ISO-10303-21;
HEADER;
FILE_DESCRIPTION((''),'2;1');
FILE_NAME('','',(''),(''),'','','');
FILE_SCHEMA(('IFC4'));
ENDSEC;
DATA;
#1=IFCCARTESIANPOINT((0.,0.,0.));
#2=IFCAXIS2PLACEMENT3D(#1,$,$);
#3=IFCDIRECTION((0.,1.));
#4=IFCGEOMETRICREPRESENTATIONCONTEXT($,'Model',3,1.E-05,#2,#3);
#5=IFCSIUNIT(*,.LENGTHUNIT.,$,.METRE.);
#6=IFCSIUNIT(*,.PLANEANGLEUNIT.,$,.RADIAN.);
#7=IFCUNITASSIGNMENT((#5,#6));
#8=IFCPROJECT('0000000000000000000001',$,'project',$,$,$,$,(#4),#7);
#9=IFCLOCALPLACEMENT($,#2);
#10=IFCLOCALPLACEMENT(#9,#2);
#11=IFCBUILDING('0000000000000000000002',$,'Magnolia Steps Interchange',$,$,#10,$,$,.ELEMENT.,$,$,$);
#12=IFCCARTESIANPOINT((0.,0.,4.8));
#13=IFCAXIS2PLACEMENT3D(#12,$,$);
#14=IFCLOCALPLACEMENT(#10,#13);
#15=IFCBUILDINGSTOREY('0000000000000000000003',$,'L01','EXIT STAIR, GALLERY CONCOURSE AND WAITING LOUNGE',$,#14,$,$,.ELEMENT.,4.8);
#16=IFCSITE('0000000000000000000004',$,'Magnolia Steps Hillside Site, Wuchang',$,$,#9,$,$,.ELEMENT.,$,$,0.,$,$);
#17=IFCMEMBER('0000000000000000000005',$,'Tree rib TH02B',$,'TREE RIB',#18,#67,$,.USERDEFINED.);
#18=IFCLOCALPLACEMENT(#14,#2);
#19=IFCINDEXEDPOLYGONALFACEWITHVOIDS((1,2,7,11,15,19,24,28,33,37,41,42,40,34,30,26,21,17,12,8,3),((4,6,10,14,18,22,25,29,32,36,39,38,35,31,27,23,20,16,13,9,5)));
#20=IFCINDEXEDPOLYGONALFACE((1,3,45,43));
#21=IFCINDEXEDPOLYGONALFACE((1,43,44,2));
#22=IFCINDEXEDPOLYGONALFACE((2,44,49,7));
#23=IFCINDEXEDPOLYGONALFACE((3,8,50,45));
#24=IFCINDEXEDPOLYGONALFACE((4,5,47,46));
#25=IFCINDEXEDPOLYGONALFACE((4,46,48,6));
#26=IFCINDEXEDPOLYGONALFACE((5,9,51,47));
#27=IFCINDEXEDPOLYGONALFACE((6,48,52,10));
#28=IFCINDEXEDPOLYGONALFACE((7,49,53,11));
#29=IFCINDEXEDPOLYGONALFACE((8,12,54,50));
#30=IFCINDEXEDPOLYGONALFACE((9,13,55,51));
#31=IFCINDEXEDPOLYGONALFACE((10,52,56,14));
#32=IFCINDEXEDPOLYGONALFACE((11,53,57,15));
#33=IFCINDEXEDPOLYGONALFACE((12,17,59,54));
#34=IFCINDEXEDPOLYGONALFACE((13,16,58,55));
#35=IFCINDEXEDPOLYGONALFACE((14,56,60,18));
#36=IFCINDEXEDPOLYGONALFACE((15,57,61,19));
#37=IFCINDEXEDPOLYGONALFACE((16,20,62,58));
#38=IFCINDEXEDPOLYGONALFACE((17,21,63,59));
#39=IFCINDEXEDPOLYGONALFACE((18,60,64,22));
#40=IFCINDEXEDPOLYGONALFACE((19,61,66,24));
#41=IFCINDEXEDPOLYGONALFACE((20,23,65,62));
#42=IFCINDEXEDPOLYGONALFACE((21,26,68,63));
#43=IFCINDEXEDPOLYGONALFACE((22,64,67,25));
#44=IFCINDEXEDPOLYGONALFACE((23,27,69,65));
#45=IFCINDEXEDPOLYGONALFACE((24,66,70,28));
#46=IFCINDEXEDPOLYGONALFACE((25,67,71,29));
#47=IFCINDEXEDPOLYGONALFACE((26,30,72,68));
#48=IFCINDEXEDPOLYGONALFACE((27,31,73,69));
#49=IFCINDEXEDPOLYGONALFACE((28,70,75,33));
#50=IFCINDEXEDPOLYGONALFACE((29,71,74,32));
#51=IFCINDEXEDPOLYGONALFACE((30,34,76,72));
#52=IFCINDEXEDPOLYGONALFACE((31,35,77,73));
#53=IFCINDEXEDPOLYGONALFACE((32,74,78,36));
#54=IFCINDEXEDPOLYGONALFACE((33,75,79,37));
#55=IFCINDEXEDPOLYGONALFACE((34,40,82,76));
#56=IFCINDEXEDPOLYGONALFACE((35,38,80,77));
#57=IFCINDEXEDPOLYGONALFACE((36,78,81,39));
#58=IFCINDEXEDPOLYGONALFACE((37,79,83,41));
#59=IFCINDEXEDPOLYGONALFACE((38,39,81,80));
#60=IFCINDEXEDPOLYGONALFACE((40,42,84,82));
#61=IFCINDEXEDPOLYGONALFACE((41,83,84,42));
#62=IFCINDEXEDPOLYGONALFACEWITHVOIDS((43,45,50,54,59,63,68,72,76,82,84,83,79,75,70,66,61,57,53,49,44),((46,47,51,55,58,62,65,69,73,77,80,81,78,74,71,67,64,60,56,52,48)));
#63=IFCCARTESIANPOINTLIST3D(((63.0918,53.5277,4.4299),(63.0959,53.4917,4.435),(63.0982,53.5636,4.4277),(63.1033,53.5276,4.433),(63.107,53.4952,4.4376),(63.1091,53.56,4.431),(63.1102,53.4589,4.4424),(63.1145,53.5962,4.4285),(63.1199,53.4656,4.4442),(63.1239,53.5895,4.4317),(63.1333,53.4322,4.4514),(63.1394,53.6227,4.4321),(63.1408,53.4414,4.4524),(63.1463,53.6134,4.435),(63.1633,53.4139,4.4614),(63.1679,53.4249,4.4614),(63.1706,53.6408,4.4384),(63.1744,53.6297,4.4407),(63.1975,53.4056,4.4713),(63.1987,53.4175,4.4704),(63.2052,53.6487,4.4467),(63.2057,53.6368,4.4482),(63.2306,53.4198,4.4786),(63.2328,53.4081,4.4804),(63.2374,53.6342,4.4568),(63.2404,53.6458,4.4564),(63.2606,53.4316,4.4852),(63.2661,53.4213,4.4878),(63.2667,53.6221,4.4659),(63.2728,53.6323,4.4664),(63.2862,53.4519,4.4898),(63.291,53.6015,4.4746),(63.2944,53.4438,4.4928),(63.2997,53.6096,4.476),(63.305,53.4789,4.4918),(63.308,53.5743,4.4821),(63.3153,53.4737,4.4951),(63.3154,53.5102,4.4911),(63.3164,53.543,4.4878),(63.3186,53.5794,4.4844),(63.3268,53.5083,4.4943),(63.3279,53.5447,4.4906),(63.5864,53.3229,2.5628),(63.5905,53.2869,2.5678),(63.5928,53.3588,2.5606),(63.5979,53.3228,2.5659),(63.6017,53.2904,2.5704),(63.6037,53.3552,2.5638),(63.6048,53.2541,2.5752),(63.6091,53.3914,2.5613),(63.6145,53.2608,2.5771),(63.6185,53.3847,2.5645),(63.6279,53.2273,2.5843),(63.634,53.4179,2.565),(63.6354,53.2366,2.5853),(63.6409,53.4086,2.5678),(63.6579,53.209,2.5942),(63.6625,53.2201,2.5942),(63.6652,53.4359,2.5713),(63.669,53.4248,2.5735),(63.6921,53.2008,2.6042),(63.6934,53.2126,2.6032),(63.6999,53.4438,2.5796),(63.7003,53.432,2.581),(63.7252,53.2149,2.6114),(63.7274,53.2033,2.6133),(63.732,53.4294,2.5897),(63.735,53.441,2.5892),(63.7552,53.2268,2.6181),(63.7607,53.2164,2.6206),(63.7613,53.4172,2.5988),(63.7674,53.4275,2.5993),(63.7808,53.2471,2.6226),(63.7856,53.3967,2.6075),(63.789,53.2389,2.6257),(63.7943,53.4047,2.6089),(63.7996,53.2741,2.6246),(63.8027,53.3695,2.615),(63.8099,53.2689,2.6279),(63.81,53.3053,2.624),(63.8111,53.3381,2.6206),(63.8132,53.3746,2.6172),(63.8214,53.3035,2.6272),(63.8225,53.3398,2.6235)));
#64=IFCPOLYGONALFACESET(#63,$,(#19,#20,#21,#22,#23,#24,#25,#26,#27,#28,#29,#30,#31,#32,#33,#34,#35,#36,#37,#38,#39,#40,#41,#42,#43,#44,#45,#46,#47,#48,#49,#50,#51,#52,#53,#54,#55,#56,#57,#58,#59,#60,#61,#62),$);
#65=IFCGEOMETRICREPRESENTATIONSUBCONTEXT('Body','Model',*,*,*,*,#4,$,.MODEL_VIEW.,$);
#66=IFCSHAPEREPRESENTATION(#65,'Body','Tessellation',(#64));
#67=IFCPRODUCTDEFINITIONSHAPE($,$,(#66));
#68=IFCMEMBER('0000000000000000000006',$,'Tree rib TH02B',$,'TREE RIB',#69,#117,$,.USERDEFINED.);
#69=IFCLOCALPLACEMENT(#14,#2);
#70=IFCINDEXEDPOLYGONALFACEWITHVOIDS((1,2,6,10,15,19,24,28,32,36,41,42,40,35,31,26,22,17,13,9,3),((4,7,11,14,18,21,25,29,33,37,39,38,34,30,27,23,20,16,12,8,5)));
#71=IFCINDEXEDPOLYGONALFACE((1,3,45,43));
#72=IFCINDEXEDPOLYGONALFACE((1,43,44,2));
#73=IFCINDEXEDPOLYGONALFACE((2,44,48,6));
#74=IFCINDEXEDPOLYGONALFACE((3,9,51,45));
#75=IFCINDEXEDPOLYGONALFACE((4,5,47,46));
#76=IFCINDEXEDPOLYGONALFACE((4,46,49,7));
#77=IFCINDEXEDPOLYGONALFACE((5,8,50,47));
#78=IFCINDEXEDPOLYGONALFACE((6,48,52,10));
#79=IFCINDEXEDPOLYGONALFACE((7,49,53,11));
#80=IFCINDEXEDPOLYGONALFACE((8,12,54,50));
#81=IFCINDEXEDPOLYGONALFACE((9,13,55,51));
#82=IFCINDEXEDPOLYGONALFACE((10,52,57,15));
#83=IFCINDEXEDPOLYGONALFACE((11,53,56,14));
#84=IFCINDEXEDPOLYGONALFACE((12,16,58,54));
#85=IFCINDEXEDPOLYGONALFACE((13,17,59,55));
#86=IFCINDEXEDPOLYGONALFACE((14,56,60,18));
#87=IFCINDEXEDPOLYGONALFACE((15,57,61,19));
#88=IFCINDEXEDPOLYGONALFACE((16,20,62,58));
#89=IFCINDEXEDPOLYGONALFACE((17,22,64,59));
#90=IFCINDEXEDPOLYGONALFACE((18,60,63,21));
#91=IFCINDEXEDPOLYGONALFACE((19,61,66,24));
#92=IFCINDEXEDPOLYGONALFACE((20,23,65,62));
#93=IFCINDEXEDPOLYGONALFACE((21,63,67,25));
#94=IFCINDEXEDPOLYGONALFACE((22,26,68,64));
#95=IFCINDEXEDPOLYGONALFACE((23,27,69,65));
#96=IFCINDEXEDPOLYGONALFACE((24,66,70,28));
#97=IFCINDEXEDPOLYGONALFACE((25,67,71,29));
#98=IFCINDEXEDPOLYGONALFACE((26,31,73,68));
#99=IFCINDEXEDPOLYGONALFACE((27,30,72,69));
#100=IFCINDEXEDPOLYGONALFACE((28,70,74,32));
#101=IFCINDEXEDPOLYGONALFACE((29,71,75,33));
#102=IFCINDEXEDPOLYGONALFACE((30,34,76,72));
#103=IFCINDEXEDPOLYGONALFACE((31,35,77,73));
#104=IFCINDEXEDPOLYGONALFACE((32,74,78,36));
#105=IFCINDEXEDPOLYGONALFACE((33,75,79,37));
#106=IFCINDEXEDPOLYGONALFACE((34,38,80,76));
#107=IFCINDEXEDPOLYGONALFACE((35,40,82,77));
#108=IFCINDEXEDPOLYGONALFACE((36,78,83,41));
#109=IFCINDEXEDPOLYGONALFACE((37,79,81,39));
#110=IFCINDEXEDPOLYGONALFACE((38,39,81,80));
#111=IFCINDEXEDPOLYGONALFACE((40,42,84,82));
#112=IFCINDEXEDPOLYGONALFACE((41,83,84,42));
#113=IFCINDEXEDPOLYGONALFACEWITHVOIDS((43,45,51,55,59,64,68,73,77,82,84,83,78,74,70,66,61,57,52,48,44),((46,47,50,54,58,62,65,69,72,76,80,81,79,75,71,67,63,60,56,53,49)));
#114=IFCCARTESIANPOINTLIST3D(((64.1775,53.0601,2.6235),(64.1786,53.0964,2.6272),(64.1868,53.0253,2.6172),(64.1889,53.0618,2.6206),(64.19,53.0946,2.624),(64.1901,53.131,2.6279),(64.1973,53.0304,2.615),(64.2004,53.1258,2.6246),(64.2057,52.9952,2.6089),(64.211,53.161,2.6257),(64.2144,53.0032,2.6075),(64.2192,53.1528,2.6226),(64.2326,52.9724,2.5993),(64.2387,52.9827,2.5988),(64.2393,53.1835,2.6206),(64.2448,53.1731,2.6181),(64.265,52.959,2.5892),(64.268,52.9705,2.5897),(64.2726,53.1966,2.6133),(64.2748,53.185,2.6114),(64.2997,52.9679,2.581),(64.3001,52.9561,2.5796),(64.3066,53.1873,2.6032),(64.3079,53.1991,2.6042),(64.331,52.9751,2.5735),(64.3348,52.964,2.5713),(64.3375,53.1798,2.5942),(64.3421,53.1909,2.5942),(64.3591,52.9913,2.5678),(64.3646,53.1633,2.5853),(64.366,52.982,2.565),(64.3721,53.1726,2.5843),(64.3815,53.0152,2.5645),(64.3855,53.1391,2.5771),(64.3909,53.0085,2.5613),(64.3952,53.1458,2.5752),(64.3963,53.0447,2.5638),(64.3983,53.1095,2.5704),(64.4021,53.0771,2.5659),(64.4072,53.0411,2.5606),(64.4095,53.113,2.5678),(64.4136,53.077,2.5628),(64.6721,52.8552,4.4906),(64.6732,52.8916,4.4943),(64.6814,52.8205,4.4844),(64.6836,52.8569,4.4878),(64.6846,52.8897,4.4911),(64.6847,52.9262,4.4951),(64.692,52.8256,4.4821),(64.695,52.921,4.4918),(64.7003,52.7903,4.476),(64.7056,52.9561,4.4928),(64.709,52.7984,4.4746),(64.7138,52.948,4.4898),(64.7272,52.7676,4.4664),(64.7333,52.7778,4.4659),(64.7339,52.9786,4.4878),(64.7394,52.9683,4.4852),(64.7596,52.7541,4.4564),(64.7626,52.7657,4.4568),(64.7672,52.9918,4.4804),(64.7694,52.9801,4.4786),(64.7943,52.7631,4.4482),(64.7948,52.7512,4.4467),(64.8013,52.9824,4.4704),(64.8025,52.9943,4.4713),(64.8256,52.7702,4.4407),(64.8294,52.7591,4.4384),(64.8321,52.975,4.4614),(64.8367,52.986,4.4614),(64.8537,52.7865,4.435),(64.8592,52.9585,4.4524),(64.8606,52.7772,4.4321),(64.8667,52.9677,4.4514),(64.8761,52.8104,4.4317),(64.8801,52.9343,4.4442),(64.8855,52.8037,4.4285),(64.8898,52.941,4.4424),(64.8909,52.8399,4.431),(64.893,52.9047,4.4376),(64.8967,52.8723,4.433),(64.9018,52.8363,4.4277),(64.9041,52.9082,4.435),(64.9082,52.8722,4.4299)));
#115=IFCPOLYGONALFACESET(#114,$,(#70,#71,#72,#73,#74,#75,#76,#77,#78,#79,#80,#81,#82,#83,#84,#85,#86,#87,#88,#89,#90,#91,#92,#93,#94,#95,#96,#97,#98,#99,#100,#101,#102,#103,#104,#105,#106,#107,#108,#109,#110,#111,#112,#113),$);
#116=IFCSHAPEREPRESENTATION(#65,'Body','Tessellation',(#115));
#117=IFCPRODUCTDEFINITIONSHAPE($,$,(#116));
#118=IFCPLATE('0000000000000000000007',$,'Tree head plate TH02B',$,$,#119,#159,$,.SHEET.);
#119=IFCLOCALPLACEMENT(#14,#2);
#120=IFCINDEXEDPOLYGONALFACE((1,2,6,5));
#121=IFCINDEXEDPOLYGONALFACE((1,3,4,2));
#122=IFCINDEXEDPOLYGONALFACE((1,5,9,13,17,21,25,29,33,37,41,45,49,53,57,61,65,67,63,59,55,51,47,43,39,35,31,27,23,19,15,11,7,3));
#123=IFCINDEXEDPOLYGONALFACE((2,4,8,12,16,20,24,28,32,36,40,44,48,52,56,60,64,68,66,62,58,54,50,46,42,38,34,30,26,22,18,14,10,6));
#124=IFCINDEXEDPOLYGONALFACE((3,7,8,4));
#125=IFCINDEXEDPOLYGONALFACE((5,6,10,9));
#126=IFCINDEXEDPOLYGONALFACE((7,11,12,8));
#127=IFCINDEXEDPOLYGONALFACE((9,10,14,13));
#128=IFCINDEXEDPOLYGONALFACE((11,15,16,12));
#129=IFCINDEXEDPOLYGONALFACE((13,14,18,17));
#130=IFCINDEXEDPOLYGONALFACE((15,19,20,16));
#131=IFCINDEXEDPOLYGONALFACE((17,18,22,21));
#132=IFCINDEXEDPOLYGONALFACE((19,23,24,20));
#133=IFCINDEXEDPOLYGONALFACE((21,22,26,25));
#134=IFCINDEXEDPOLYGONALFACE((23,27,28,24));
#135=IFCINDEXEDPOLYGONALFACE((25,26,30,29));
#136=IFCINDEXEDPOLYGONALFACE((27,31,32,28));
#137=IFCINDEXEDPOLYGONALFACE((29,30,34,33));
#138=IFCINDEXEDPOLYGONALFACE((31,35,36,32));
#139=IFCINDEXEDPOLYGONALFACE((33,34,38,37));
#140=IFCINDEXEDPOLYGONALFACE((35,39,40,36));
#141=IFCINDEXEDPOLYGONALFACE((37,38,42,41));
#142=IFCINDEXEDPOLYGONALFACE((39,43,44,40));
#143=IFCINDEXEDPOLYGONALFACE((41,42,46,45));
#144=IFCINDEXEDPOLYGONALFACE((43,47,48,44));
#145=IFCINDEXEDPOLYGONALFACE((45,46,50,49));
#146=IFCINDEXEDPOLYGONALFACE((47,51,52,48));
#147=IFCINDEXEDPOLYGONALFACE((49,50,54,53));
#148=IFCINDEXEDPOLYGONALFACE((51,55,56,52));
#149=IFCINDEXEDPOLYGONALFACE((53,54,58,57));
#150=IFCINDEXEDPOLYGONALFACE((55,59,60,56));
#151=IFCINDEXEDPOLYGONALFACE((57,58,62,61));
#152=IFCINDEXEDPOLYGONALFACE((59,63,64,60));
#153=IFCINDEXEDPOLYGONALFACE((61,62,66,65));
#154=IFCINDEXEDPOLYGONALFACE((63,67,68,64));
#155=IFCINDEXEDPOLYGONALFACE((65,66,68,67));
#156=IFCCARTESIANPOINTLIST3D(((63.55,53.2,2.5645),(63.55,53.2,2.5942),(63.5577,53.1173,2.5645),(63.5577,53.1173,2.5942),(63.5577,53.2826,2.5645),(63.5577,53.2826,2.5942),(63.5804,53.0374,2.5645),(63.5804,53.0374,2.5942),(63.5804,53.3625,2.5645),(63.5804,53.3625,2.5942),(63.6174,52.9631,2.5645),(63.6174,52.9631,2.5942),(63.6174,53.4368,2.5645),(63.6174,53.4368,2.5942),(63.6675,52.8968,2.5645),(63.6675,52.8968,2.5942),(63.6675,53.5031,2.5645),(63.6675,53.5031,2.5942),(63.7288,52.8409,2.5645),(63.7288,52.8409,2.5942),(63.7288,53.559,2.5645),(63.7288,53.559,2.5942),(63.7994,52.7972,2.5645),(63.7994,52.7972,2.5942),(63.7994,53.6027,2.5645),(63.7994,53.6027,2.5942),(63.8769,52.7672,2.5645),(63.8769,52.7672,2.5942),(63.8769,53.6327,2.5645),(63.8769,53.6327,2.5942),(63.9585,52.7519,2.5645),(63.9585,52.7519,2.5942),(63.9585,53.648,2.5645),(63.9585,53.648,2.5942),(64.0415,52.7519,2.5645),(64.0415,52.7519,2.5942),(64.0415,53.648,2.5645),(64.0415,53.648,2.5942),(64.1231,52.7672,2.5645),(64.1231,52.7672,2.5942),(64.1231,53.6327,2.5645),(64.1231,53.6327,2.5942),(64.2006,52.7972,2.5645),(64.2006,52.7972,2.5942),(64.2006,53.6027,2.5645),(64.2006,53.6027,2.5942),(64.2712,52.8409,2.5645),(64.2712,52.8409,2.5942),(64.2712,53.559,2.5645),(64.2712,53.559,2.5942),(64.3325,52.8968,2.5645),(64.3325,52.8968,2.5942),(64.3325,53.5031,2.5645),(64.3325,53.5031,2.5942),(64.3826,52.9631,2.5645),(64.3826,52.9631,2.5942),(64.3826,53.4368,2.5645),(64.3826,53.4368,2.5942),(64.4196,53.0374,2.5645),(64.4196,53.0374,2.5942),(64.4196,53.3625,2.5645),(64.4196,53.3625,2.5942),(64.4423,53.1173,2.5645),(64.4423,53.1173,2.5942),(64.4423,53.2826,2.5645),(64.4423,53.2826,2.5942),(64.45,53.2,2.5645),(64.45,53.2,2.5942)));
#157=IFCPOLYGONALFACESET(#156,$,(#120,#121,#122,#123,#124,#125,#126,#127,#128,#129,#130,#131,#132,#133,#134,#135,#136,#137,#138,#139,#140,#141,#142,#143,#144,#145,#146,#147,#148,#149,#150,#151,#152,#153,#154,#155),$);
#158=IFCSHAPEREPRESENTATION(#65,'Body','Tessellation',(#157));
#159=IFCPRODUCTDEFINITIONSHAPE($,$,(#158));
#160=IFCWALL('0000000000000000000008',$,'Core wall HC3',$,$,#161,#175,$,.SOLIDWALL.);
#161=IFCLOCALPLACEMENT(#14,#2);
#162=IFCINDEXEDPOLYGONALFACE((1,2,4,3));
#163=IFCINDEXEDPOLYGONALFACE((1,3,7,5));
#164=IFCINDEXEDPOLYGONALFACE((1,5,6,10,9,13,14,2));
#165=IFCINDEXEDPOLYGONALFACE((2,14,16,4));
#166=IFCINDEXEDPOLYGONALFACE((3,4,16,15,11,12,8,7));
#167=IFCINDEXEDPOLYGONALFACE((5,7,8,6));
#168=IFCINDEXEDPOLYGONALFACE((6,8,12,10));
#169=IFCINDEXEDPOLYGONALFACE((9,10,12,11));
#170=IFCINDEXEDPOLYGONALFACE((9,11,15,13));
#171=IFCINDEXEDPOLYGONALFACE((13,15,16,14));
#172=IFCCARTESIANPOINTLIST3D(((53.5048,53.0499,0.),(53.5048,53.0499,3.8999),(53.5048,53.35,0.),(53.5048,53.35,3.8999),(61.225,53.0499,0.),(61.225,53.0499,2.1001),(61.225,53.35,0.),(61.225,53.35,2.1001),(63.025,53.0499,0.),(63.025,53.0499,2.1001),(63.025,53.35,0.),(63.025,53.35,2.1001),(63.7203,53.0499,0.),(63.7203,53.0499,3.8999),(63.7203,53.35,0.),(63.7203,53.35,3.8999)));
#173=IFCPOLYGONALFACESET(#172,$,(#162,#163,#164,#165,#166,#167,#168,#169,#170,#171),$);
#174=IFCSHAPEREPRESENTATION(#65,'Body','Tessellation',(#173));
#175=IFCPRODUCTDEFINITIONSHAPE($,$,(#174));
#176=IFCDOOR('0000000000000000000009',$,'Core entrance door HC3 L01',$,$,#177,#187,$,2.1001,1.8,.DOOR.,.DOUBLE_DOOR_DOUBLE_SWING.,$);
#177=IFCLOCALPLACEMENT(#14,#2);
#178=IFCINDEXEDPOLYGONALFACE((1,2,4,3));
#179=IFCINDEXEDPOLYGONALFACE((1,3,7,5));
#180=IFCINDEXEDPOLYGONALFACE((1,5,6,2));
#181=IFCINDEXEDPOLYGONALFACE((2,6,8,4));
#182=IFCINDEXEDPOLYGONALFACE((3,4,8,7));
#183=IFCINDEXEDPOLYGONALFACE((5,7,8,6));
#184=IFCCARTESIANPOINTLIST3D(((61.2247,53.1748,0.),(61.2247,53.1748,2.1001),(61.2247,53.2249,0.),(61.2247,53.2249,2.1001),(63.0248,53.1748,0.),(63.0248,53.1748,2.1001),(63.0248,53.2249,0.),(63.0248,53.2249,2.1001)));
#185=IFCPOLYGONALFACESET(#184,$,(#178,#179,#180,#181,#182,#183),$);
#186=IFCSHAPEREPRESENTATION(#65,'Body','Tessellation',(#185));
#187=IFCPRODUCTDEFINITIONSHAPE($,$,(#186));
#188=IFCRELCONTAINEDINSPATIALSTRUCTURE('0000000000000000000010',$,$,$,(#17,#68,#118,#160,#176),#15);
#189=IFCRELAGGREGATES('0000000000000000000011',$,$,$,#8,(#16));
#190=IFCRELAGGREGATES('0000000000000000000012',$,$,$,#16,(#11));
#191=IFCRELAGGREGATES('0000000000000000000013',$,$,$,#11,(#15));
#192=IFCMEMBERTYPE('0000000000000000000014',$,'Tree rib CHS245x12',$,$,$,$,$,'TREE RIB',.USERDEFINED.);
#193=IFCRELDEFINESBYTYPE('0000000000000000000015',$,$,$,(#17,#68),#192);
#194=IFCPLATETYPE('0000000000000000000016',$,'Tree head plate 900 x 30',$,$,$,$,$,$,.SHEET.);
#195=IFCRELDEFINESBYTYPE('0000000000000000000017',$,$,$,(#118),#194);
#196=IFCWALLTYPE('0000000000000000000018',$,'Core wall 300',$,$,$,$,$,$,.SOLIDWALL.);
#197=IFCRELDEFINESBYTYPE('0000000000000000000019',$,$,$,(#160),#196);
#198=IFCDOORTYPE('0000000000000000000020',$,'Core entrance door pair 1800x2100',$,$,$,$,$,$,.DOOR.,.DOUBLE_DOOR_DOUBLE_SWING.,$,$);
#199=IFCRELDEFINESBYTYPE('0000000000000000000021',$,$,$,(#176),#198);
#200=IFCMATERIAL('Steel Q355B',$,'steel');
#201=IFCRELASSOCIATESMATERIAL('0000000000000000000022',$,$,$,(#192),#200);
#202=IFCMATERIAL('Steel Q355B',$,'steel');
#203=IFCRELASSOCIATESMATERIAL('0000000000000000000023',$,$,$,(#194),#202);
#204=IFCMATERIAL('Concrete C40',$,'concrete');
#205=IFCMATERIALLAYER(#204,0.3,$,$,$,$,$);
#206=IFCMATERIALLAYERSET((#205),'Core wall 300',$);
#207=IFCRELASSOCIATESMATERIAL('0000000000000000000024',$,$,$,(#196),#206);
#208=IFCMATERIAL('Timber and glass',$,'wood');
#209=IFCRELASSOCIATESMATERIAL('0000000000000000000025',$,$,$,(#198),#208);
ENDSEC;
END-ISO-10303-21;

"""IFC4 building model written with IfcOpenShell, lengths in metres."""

from ifc_helpers import new_model, si_unit, direction, frame, frame_2d, origin, origin_2d, place, context, subcontext, project, spatial, rectangle, circle, hollow_circle, extrude, material, layer, layer_set, material_profile, profile_set, type_object, element, fill, save


model = new_model("IFC4")

# Units and contexts
model_context = context("Model", 3, precision=1e-05, world=origin(), true_north=direction((0.0, 1.0)))
body_context = subcontext(model_context, "Body", "Model", "MODEL_VIEW")
ifc_project = project(units=[si_unit("LENGTHUNIT", "METRE"), si_unit("PLANEANGLEUNIT", "RADIAN")], contexts=[model_context])

# Site, building, storey
site_placement = place(None, origin())
site = spatial("IfcSite", under=ifc_project, at=site_placement, Name="Magnolia Steps Hillside Site, Wuchang", CompositionType="ELEMENT", RefElevation=0.0)
building_placement = place(site_placement, origin())
building = spatial("IfcBuilding", under=site, at=building_placement, Name="Magnolia Steps Interchange", CompositionType="ELEMENT")
storey_placement = place(building_placement, frame((0.0, 0.0, 4.8)))
storey = spatial("IfcBuildingStorey", under=building, at=storey_placement, Name="L01", Description="EXIT STAIR, GALLERY CONCOURSE AND WAITING LOUNGE", CompositionType="ELEMENT", Elevation=4.8)

# Members
ifc_material_1 = material(Name="Steel Q355B", Category="steel")
ifc_material_profile_1 = material_profile(ifc_material_1, hollow_circle(Radius=0.1226, WallThickness=0.012, at=origin_2d()), Name="CHS245x12")
ifc_profile_set_1 = profile_set([ifc_material_profile_1], Name="Steel Q355B")
member_type = type_object("IfcMemberType", Name="Tree rib CHS245x12", ElementType="TREE RIB", PredefinedType="USERDEFINED", material=ifc_profile_set_1)
for number, where, z_axis, x_axis, name in (
    (1, (63.7048, 53.3223, 2.5942), (-0.254645, 0.105453, 0.961268), (-0.382607, -0.923911, 0.0), "Tree rib TH02B"),
    (2, (64.2952, 53.0776, 2.5942), (0.254645, -0.105453, 0.961268), (0.382607, 0.923911, 0.0), "Tree rib TH02B"),
):
    element("IfcMember", number, at=place(storey_placement, frame(where, z_axis=z_axis, x_axis=x_axis)), inside=storey, type_object=member_type, Name=name, ObjectType="TREE RIB", PredefinedType="USERDEFINED", context=body_context, shape_type="SweptSolid", body=[
        extrude(hollow_circle(Radius=0.1226, WallThickness=0.012, at=origin_2d()), origin(), (0.0, 0.0, 1.0), 1.9424),
    ])

# Plate
ifc_material_2 = material(Name="Steel Q355B", Category="steel")
ifc_material_profile_2 = material_profile(ifc_material_2, circle(Radius=0.45, at=origin_2d()), Name="Tree head plate 900 x 30")
ifc_profile_set_2 = profile_set([ifc_material_profile_2], Name="Steel Q355B")
plate_type = type_object("IfcPlateType", Name="Tree head plate 900 x 30", PredefinedType="SHEET", material=ifc_profile_set_2)
plate_placement = place(storey_placement, frame((64.0, 53.2, 2.5645), z_axis=(0.0, 0.0, 1.0), x_axis=(1.0, 0.0, 0.0)))
element("IfcPlate", 3, at=plate_placement, inside=storey, type_object=plate_type, Name="Tree head plate TH02B", PredefinedType="SHEET", context=body_context, shape_type="SweptSolid", body=[
    extrude(circle(Radius=0.45, at=origin_2d()), origin(), (0.0, 0.0, 1.0), 0.0298),
])

# Wall, opening, door
ifc_material_3 = material(Name="Concrete C40", Category="concrete")
ifc_layer_1 = layer(ifc_material_3, 0.3)
ifc_layer_set_1 = layer_set([ifc_layer_1], Name="Core wall 300")
wall_type_1 = type_object("IfcWallType", Name="Core wall 300", PredefinedType="SOLIDWALL", material=ifc_layer_set_1)
wall_1_placement = place(storey_placement, frame((63.7205, 53.2, 0.0), z_axis=(0.0, 0.0, 1.0), x_axis=(-1.0, 0.0, 0.0)))
wall_1 = element("IfcWall", 4, at=wall_1_placement, inside=storey, type_object=wall_type_1, Name="Core wall HC3", PredefinedType="SOLIDWALL", context=body_context, shape_type="SweptSolid", body=[
    extrude(rectangle(XDim=10.2156, YDim=0.3, at=frame_2d((5.1079, 0.0))), origin(), (0.0, 0.0, 1.0), 3.8999),
])
opening_1_placement = place(wall_1_placement, frame((0.6956, 0.0, 0.0)))
opening_1 = element("IfcOpeningElement", 5, at=opening_1_placement, cuts=wall_1, PredefinedType="OPENING", context=body_context, shape_type="SweptSolid", body=[
    extrude(rectangle(XDim=1.8, YDim=2.1001, at=frame_2d((0.8999, 1.05))), frame((0.0, 0.1599, 0.0), z_axis=(0.0, -1.0, 0.0), x_axis=(1.0, 0.0, 0.0)), (0.0, 0.0, 1.0), 0.3201),
])
ifc_material_4 = material(Name="Timber and glass", Category="wood")
door_type_1 = type_object("IfcDoorType", Name="Core entrance door pair 1800x2100", OperationType="DOUBLE_DOOR_DOUBLE_SWING", PredefinedType="DOOR", material=ifc_material_4)
door_1_placement = place(opening_1_placement, frame((1.8, 0.0, 0.0), z_axis=(0.0, 0.0, 1.0), x_axis=(-1.0, 0.0, 0.0)))
door_1 = element("IfcDoor", 6, at=door_1_placement, inside=storey, type_object=door_type_1, Name="Core entrance door HC3 L01", OperationType="DOUBLE_DOOR_DOUBLE_SWING", OverallHeight=2.1001, OverallWidth=1.8, PredefinedType="DOOR", context=body_context, shape_type="SweptSolid", body=[
    extrude(rectangle(XDim=1.8, YDim=2.1001, at=frame_2d((0.8999, 1.05))), frame((0.0, 0.0249, 0.0), z_axis=(0.0, -1.0, 0.0), x_axis=(1.0, 0.0, 0.0)), (0.0, 0.0, 1.0), 0.05),
])
fill(opening_1, door_1)

save(model, "model.ifc")
